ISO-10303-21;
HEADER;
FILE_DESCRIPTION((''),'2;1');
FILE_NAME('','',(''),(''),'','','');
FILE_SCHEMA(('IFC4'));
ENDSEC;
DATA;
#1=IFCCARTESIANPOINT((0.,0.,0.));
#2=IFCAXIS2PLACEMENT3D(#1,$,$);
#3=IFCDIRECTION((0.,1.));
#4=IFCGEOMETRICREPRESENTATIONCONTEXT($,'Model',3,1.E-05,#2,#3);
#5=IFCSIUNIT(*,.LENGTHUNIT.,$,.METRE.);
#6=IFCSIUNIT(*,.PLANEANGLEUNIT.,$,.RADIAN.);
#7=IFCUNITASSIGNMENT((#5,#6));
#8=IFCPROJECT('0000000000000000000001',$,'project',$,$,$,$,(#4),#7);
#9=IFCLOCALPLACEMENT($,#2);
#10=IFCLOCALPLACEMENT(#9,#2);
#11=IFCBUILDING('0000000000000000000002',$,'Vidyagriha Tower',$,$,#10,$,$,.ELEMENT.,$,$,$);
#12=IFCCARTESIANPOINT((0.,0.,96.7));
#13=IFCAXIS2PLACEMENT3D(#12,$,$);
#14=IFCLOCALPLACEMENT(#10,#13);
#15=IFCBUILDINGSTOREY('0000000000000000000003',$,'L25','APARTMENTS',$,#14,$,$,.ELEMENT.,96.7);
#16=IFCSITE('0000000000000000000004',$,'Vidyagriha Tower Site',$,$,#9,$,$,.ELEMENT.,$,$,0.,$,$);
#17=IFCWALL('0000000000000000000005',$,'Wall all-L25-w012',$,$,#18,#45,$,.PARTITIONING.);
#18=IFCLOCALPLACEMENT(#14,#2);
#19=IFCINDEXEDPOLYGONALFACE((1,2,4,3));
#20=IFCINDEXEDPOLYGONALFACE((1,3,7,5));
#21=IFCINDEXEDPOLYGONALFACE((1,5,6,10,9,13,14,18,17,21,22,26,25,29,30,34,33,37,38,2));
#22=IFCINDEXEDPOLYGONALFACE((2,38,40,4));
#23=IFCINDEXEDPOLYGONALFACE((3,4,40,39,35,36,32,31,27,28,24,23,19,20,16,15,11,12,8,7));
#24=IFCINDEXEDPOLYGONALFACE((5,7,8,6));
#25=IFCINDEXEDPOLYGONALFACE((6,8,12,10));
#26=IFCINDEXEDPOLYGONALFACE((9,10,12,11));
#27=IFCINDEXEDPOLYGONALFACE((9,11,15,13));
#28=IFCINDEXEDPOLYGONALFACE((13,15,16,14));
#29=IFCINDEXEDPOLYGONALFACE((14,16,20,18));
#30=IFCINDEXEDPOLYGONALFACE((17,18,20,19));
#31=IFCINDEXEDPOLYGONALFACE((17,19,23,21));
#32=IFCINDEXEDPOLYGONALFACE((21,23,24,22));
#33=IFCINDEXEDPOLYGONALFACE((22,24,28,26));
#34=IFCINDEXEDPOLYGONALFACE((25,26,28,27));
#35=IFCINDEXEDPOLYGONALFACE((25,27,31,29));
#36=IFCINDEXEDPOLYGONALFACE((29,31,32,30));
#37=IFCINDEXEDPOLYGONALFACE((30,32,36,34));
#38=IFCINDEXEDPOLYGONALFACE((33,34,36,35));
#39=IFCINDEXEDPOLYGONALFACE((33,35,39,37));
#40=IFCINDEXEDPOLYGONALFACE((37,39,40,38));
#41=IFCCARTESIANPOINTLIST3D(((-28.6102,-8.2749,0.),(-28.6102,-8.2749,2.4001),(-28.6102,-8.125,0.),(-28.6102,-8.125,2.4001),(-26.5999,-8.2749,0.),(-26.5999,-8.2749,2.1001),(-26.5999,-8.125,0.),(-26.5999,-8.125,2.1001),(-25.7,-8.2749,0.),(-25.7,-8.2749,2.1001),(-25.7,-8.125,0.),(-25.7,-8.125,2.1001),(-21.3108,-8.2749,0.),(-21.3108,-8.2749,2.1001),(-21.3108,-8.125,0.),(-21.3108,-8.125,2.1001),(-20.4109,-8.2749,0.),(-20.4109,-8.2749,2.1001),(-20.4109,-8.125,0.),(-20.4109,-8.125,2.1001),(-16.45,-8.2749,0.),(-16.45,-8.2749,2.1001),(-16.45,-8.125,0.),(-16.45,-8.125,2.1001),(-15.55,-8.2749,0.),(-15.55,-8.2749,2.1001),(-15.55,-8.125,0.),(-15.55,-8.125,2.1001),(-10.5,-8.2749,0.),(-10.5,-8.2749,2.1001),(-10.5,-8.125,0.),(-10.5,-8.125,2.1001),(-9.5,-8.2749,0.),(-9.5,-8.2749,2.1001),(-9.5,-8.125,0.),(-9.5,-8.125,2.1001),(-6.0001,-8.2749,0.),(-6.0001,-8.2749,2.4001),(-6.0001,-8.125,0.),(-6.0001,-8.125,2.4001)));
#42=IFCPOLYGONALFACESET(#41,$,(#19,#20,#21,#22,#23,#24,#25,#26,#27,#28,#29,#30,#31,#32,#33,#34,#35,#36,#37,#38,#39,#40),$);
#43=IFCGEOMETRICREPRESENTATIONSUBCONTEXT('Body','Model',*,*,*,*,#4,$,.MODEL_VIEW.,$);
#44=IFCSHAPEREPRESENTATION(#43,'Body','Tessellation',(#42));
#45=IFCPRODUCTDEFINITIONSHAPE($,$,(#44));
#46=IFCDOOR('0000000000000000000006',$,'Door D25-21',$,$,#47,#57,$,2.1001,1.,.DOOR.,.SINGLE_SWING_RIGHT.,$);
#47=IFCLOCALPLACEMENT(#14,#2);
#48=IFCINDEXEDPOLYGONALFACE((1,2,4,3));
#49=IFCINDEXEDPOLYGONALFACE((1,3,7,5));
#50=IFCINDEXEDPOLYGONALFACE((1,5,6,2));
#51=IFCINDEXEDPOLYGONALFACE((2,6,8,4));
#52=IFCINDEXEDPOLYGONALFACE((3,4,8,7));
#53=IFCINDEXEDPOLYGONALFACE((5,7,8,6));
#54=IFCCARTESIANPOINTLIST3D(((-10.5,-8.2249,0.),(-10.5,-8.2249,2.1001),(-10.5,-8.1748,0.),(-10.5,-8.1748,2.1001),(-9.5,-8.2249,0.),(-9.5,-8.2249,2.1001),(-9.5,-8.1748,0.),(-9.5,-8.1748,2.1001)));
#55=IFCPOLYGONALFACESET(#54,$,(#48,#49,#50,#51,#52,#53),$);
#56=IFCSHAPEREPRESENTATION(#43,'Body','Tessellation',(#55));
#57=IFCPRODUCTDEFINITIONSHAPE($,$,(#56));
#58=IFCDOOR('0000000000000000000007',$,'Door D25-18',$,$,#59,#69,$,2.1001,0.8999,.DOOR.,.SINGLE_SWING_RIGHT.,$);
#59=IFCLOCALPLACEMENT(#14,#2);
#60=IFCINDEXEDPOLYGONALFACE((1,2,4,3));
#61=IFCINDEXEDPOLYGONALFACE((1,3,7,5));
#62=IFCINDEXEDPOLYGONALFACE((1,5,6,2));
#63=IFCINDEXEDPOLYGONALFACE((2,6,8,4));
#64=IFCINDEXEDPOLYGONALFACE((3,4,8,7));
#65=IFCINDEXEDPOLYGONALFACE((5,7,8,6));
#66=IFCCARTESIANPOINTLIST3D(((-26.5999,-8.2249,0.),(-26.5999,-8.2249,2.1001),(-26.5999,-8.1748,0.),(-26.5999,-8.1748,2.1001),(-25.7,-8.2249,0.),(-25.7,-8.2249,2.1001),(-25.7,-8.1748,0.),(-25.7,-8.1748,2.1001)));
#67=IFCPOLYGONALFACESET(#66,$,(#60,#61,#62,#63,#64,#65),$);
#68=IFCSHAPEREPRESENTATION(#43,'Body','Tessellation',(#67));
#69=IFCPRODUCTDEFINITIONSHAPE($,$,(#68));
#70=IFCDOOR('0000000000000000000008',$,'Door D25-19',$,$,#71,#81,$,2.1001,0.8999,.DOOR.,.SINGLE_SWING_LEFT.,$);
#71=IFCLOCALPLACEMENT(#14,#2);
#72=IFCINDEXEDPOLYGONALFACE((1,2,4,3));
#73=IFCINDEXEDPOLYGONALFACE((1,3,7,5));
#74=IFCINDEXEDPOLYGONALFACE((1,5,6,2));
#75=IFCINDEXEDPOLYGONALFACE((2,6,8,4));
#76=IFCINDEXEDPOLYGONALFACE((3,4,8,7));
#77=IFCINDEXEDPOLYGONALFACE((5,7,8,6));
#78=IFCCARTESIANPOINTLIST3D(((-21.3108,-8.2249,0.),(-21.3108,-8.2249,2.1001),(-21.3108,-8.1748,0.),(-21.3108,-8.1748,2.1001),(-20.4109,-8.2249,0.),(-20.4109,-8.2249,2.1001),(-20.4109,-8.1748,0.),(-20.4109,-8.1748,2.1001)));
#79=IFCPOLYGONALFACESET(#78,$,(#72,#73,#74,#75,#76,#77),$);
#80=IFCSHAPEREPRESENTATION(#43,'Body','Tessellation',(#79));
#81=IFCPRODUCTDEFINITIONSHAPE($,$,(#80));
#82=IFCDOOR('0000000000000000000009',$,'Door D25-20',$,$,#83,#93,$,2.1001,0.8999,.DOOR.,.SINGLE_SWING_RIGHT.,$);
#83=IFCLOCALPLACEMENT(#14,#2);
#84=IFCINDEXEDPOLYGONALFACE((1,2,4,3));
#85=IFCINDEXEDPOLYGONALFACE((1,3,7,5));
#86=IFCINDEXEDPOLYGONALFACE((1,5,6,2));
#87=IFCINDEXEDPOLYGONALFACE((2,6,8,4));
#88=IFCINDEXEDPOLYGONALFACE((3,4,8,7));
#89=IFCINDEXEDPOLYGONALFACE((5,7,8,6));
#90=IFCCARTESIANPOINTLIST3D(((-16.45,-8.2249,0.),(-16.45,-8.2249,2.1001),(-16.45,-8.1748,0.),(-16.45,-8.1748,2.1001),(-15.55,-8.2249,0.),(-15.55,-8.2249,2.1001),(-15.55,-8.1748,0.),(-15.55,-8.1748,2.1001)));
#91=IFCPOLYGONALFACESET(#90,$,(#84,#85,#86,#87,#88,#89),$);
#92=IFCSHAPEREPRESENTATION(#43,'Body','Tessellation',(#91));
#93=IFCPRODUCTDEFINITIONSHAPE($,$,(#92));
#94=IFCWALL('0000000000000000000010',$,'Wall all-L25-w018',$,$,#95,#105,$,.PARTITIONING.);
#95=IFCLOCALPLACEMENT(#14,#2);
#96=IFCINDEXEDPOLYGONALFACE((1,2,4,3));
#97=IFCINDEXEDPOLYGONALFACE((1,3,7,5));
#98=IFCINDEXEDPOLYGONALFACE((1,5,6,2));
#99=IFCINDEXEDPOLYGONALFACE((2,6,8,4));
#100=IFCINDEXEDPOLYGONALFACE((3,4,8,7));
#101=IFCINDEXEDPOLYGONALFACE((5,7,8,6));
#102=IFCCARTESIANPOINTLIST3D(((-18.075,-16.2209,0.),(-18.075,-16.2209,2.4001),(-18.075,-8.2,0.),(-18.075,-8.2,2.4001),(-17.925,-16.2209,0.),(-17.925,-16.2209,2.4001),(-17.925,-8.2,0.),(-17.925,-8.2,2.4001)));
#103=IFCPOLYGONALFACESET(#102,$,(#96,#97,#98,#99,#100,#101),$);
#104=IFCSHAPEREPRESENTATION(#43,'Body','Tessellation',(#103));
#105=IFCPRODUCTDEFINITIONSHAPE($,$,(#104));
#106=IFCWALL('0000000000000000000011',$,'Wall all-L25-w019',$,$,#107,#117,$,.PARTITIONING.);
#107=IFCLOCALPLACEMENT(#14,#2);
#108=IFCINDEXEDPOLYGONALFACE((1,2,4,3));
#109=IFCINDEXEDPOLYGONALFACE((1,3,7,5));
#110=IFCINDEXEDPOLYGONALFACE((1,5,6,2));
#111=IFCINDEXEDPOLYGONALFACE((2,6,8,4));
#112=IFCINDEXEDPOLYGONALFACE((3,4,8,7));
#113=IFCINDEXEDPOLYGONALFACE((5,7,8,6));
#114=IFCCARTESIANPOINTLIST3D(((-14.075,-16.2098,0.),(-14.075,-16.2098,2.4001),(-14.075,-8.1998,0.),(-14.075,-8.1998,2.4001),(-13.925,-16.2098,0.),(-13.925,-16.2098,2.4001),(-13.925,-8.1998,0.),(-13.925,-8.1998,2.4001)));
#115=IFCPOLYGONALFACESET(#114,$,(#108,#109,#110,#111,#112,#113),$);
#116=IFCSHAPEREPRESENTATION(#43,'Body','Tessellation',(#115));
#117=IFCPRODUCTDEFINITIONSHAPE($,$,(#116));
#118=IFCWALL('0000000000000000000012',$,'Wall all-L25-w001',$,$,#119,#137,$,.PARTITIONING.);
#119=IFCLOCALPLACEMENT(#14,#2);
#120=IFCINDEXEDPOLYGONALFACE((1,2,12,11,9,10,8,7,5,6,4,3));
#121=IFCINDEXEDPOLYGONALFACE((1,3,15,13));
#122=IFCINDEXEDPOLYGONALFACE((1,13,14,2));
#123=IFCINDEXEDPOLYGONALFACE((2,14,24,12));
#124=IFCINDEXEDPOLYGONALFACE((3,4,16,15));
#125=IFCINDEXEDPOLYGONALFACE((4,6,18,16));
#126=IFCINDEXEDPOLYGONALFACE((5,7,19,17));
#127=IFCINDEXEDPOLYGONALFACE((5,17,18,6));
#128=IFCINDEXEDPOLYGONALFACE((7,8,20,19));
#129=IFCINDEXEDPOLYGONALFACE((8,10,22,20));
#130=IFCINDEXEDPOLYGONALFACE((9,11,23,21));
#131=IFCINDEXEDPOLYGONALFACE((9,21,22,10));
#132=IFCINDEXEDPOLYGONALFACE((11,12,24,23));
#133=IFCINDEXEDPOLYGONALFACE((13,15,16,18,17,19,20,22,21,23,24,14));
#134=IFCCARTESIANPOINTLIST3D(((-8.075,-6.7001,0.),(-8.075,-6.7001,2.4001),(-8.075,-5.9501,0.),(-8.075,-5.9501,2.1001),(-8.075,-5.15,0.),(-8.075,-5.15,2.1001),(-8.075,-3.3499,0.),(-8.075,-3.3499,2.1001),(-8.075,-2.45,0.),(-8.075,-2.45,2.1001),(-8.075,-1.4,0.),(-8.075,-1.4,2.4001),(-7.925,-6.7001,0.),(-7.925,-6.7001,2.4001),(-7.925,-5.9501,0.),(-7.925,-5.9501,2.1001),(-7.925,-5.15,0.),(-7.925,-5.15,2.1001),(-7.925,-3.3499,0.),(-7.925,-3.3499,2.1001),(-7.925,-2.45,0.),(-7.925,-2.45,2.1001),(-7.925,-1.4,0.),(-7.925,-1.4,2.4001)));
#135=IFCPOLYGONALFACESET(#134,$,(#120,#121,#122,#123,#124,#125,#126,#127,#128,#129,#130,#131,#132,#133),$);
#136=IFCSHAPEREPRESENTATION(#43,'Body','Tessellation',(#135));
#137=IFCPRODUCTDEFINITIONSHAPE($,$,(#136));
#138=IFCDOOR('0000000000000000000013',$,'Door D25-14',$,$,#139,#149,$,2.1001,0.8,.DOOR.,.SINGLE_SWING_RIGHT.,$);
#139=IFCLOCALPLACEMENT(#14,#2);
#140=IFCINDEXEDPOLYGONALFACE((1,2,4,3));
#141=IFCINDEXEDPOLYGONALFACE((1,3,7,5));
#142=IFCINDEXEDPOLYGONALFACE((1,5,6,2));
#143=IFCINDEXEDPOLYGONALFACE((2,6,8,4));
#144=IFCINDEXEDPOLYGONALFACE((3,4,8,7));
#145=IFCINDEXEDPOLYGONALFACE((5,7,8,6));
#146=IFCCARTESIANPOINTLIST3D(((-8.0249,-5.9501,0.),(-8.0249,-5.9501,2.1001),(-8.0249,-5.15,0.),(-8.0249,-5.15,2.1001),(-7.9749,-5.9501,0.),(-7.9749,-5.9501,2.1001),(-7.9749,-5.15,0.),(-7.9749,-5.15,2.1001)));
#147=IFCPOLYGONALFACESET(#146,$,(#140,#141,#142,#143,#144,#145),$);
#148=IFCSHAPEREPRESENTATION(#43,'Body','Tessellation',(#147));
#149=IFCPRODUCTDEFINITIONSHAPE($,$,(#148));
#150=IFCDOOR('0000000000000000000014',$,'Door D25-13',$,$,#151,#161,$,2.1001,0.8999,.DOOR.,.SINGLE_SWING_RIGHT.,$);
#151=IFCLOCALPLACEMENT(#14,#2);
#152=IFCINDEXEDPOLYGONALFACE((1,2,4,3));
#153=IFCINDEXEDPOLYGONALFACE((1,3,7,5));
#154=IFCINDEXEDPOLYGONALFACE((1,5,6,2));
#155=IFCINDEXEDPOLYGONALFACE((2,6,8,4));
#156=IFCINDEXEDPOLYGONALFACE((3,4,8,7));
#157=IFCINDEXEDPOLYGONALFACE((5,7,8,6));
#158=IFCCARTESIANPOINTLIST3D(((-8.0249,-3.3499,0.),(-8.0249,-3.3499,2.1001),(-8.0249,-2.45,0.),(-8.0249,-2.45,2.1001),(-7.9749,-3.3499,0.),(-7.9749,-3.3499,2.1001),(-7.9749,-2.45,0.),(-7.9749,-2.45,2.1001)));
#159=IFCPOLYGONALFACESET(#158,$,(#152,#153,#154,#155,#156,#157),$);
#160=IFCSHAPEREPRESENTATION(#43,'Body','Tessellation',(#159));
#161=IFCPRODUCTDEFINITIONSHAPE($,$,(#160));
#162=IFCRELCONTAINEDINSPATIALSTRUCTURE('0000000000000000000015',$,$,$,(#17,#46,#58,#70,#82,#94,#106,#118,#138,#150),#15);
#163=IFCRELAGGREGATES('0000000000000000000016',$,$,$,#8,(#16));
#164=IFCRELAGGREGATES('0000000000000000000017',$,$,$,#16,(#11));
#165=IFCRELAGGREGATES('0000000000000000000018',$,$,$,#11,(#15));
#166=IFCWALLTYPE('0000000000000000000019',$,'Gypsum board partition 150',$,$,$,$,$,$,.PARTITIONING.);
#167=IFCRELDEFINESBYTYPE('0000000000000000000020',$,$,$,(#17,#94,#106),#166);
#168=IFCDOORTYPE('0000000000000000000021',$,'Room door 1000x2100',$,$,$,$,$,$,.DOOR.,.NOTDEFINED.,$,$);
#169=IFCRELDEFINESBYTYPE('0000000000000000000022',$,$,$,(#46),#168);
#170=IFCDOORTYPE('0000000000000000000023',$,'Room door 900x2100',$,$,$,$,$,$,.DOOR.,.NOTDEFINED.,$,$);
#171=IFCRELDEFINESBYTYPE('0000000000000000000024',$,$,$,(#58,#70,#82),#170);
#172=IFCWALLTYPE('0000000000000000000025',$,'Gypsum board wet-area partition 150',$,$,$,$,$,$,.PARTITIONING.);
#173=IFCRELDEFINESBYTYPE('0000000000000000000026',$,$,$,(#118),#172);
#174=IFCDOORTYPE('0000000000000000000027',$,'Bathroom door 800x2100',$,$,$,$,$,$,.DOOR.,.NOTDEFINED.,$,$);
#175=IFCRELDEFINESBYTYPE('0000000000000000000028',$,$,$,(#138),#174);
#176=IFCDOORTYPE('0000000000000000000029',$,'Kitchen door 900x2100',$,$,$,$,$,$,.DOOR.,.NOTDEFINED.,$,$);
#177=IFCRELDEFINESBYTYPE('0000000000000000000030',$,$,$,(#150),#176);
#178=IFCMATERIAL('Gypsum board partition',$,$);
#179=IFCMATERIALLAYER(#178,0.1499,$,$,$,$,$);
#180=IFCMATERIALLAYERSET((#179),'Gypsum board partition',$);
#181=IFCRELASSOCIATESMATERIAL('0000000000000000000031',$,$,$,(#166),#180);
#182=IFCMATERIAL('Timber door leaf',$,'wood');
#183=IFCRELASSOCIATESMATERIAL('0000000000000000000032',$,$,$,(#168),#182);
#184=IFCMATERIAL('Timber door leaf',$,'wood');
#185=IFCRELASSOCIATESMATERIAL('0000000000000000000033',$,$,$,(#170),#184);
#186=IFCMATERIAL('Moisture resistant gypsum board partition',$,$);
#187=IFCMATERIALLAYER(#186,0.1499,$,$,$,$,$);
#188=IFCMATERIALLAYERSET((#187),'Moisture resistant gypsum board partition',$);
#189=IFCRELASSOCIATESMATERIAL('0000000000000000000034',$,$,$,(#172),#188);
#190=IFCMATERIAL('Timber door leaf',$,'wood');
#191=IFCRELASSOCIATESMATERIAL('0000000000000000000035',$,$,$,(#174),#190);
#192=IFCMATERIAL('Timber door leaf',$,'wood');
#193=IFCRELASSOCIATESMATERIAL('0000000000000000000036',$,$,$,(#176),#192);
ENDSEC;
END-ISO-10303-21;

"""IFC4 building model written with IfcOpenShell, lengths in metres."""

from ifc_helpers import new_model, si_unit, direction, frame, frame_2d, origin, place, context, subcontext, project, spatial, rectangle, extrude, material, layer, layer_set, type_object, element, fill, save


model = new_model("IFC4")

# Units and contexts
model_context = context("Model", 3, precision=1e-05, world=origin(), true_north=direction((0.0, 1.0)))
body_context = subcontext(model_context, "Body", "Model", "MODEL_VIEW")
ifc_project = project(units=[si_unit("LENGTHUNIT", "METRE"), si_unit("PLANEANGLEUNIT", "RADIAN")], contexts=[model_context])

# Site, building, storey
site_placement = place(None, origin())
site = spatial("IfcSite", under=ifc_project, at=site_placement, Name="Vidyagriha Tower Site", CompositionType="ELEMENT", RefElevation=0.0)
building_placement = place(site_placement, origin())
building = spatial("IfcBuilding", under=site, at=building_placement, Name="Vidyagriha Tower", CompositionType="ELEMENT")
storey_placement = place(building_placement, frame((0.0, 0.0, 96.7)))
storey = spatial("IfcBuildingStorey", under=building, at=storey_placement, Name="L25", Description="APARTMENTS", CompositionType="ELEMENT", Elevation=96.7)

# Shared definitions
ifc_material_1 = material(Name="Gypsum board partition")
ifc_layer_1 = layer(ifc_material_1, 0.1499)
ifc_layer_set_1 = layer_set([ifc_layer_1], Name="Gypsum board partition")
wall_type_1 = type_object("IfcWallType", Name="Gypsum board partition 150", PredefinedType="PARTITIONING", material=ifc_layer_set_1)

# Wall, openings, doors
wall_1_placement = place(storey_placement, frame((-6.0, -8.2, 0.0), z_axis=(0.0, 0.0, 1.0), x_axis=(-1.0, 0.0, 0.0)))
wall_1 = element("IfcWall", 1, at=wall_1_placement, inside=storey, type_object=wall_type_1, Name="Wall all-L25-w012", PredefinedType="PARTITIONING", context=body_context, shape_type="SweptSolid", body=[
    extrude(rectangle(XDim=22.6101, YDim=0.1499, at=frame_2d((11.3052, 0.0))), origin(), (0.0, 0.0, 1.0), 2.4001),
])
opening_1_placement = place(wall_1_placement, frame((19.7, 0.0, 0.0)))
opening_1 = element("IfcOpeningElement", 2, at=opening_1_placement, cuts=wall_1, PredefinedType="OPENING", context=body_context, shape_type="SweptSolid", body=[
    extrude(rectangle(XDim=0.8999, YDim=2.1001, at=frame_2d((0.45, 1.05))), frame((0.0, 0.085, 0.0), z_axis=(0.0, -1.0, 0.0), x_axis=(1.0, 0.0, 0.0)), (0.0, 0.0, 1.0), 0.1699),
])
opening_2_placement = place(wall_1_placement, frame((14.4109, 0.0, 0.0)))
opening_2 = element("IfcOpeningElement", 3, at=opening_2_placement, cuts=wall_1, PredefinedType="OPENING", context=body_context, shape_type="SweptSolid", body=[
    extrude(rectangle(XDim=0.8999, YDim=2.1001, at=frame_2d((0.45, 1.05))), frame((0.0, 0.085, 0.0), z_axis=(0.0, -1.0, 0.0), x_axis=(1.0, 0.0, 0.0)), (0.0, 0.0, 1.0), 0.1699),
])
opening_3_placement = place(wall_1_placement, frame((9.55, 0.0, 0.0)))
opening_3 = element("IfcOpeningElement", 4, at=opening_3_placement, cuts=wall_1, PredefinedType="OPENING", context=body_context, shape_type="SweptSolid", body=[
    extrude(rectangle(XDim=0.8999, YDim=2.1001, at=frame_2d((0.45, 1.05))), frame((0.0, 0.085, 0.0), z_axis=(0.0, -1.0, 0.0), x_axis=(1.0, 0.0, 0.0)), (0.0, 0.0, 1.0), 0.1699),
])
opening_4_placement = place(wall_1_placement, frame((3.5, 0.0, 0.0)))
opening_4 = element("IfcOpeningElement", 5, at=opening_4_placement, cuts=wall_1, PredefinedType="OPENING", context=body_context, shape_type="SweptSolid", body=[
    extrude(rectangle(XDim=1.0, YDim=2.1001, at=frame_2d((0.5, 1.05))), frame((0.0, 0.085, 0.0), z_axis=(0.0, -1.0, 0.0), x_axis=(1.0, 0.0, 0.0)), (0.0, 0.0, 1.0), 0.1699),
])
ifc_material_2 = material(Name="Timber door leaf", Category="wood")
door_type_1 = type_object("IfcDoorType", Name="Room door 1000x2100", OperationType="NOTDEFINED", PredefinedType="DOOR", material=ifc_material_2)
door_1_placement = place(opening_4_placement, origin())
door_1 = element("IfcDoor", 6, at=door_1_placement, inside=storey, type_object=door_type_1, Name="Door D25-21", OperationType="SINGLE_SWING_RIGHT", OverallHeight=2.1001, OverallWidth=1.0, PredefinedType="DOOR", context=body_context, shape_type="SweptSolid", body=[
    extrude(rectangle(XDim=1.0, YDim=2.1001, at=frame_2d((0.5, 1.05))), frame((0.0, 0.0249, 0.0), z_axis=(0.0, -1.0, 0.0), x_axis=(1.0, 0.0, 0.0)), (0.0, 0.0, 1.0), 0.05),
])
fill(opening_4, door_1)
ifc_material_3 = material(Name="Timber door leaf", Category="wood")
door_type_2 = type_object("IfcDoorType", Name="Room door 900x2100", OperationType="NOTDEFINED", PredefinedType="DOOR", material=ifc_material_3)
door_2_placement = place(opening_1_placement, origin())
door_2 = element("IfcDoor", 7, at=door_2_placement, inside=storey, type_object=door_type_2, Name="Door D25-18", OperationType="SINGLE_SWING_RIGHT", OverallHeight=2.1001, OverallWidth=0.8999, PredefinedType="DOOR", context=body_context, shape_type="SweptSolid", body=[
    extrude(rectangle(XDim=0.8999, YDim=2.1001, at=frame_2d((0.45, 1.05))), frame((0.0, 0.0249, 0.0), z_axis=(0.0, -1.0, 0.0), x_axis=(1.0, 0.0, 0.0)), (0.0, 0.0, 1.0), 0.05),
])
fill(opening_1, door_2)
door_3_placement = place(opening_2_placement, origin())
door_3 = element("IfcDoor", 8, at=door_3_placement, inside=storey, type_object=door_type_2, Name="Door D25-19", OperationType="SINGLE_SWING_LEFT", OverallHeight=2.1001, OverallWidth=0.8999, PredefinedType="DOOR", context=body_context, shape_type="SweptSolid", body=[
    extrude(rectangle(XDim=0.8999, YDim=2.1001, at=frame_2d((0.45, 1.05))), frame((0.0, 0.0249, 0.0), z_axis=(0.0, -1.0, 0.0), x_axis=(1.0, 0.0, 0.0)), (0.0, 0.0, 1.0), 0.05),
])
fill(opening_2, door_3)
door_4_placement = place(opening_3_placement, origin())
door_4 = element("IfcDoor", 9, at=door_4_placement, inside=storey, type_object=door_type_2, Name="Door D25-20", OperationType="SINGLE_SWING_RIGHT", OverallHeight=2.1001, OverallWidth=0.8999, PredefinedType="DOOR", context=body_context, shape_type="SweptSolid", body=[
    extrude(rectangle(XDim=0.8999, YDim=2.1001, at=frame_2d((0.45, 1.05))), frame((0.0, 0.0249, 0.0), z_axis=(0.0, -1.0, 0.0), x_axis=(1.0, 0.0, 0.0)), (0.0, 0.0, 1.0), 0.05),
])
fill(opening_3, door_4)

# Walls
wall_2_placement = place(storey_placement, frame((-18.0, -8.2, 0.0), z_axis=(0.0, 0.0, 1.0), x_axis=(0.0, -1.0, 0.0)))
element("IfcWall", 10, at=wall_2_placement, inside=storey, type_object=wall_type_1, Name="Wall all-L25-w018", PredefinedType="PARTITIONING", context=body_context, shape_type="SweptSolid", body=[
    extrude(rectangle(XDim=8.021, YDim=0.1499, at=frame_2d((4.0105, 0.0))), origin(), (0.0, 0.0, 1.0), 2.4001),
])
wall_3_placement = place(storey_placement, frame((-14.0, -8.2, 0.0), z_axis=(0.0, 0.0, 1.0), x_axis=(0.0, -1.0, 0.0)))
element("IfcWall", 11, at=wall_3_placement, inside=storey, type_object=wall_type_1, Name="Wall all-L25-w019", PredefinedType="PARTITIONING", context=body_context, shape_type="SweptSolid", body=[
    extrude(rectangle(XDim=8.01, YDim=0.1499, at=frame_2d((4.0049, 0.0))), origin(), (0.0, 0.0, 1.0), 2.4001),
])

# Wall, openings, doors
ifc_material_4 = material(Name="Moisture resistant gypsum board partition")
ifc_layer_2 = layer(ifc_material_4, 0.1499)
ifc_layer_set_2 = layer_set([ifc_layer_2], Name="Moisture resistant gypsum board partition")
wall_type_2 = type_object("IfcWallType", Name="Gypsum board wet-area partition 150", PredefinedType="PARTITIONING", material=ifc_layer_set_2)
wall_4_placement = place(storey_placement, frame((-8.0, -6.7, 0.0), z_axis=(0.0, 0.0, 1.0), x_axis=(0.0, 1.0, 0.0)))
wall_4 = element("IfcWall", 12, at=wall_4_placement, inside=storey, type_object=wall_type_2, Name="Wall all-L25-w001", PredefinedType="PARTITIONING", context=body_context, shape_type="SweptSolid", body=[
    extrude(rectangle(XDim=5.3, YDim=0.1499, at=frame_2d((2.6499, 0.0))), origin(), (0.0, 0.0, 1.0), 2.4001),
])
opening_5_placement = place(wall_4_placement, frame((3.3501, 0.0, 0.0)))
opening_5 = element("IfcOpeningElement", 13, at=opening_5_placement, cuts=wall_4, PredefinedType="OPENING", context=body_context, shape_type="SweptSolid", body=[
    extrude(rectangle(XDim=0.8999, YDim=2.1001, at=frame_2d((0.45, 1.05))), frame((0.0, 0.085, 0.0), z_axis=(0.0, -1.0, 0.0), x_axis=(1.0, 0.0, 0.0)), (0.0, 0.0, 1.0), 0.1699),
])
opening_6_placement = place(wall_4_placement, frame((0.75, 0.0, 0.0)))
opening_6 = element("IfcOpeningElement", 14, at=opening_6_placement, cuts=wall_4, PredefinedType="OPENING", context=body_context, shape_type="SweptSolid", body=[
    extrude(rectangle(XDim=0.8, YDim=2.1001, at=frame_2d((0.3999, 1.05))), frame((0.0, 0.085, 0.0), z_axis=(0.0, -1.0, 0.0), x_axis=(1.0, 0.0, 0.0)), (0.0, 0.0, 1.0), 0.1699),
])
ifc_material_5 = material(Name="Timber door leaf", Category="wood")
door_type_3 = type_object("IfcDoorType", Name="Bathroom door 800x2100", OperationType="NOTDEFINED", PredefinedType="DOOR", material=ifc_material_5)
door_5_placement = place(opening_6_placement, origin())
door_5 = element("IfcDoor", 15, at=door_5_placement, inside=storey, type_object=door_type_3, Name="Door D25-14", OperationType="SINGLE_SWING_RIGHT", OverallHeight=2.1001, OverallWidth=0.8, PredefinedType="DOOR", context=body_context, shape_type="SweptSolid", body=[
    extrude(rectangle(XDim=0.8, YDim=2.1001, at=frame_2d((0.3999, 1.05))), frame((0.0, 0.0249, 0.0), z_axis=(0.0, -1.0, 0.0), x_axis=(1.0, 0.0, 0.0)), (0.0, 0.0, 1.0), 0.05),
])
fill(opening_6, door_5)
ifc_material_6 = material(Name="Timber door leaf", Category="wood")
door_type_4 = type_object("IfcDoorType", Name="Kitchen door 900x2100", OperationType="NOTDEFINED", PredefinedType="DOOR", material=ifc_material_6)
door_6_placement = place(opening_5_placement, origin())
door_6 = element("IfcDoor", 16, at=door_6_placement, inside=storey, type_object=door_type_4, Name="Door D25-13", OperationType="SINGLE_SWING_RIGHT", OverallHeight=2.1001, OverallWidth=0.8999, PredefinedType="DOOR", context=body_context, shape_type="SweptSolid", body=[
    extrude(rectangle(XDim=0.8999, YDim=2.1001, at=frame_2d((0.45, 1.05))), frame((0.0, 0.0249, 0.0), z_axis=(0.0, -1.0, 0.0), x_axis=(1.0, 0.0, 0.0)), (0.0, 0.0, 1.0), 0.05),
])
fill(opening_5, door_6)

save(model, "model.ifc")
